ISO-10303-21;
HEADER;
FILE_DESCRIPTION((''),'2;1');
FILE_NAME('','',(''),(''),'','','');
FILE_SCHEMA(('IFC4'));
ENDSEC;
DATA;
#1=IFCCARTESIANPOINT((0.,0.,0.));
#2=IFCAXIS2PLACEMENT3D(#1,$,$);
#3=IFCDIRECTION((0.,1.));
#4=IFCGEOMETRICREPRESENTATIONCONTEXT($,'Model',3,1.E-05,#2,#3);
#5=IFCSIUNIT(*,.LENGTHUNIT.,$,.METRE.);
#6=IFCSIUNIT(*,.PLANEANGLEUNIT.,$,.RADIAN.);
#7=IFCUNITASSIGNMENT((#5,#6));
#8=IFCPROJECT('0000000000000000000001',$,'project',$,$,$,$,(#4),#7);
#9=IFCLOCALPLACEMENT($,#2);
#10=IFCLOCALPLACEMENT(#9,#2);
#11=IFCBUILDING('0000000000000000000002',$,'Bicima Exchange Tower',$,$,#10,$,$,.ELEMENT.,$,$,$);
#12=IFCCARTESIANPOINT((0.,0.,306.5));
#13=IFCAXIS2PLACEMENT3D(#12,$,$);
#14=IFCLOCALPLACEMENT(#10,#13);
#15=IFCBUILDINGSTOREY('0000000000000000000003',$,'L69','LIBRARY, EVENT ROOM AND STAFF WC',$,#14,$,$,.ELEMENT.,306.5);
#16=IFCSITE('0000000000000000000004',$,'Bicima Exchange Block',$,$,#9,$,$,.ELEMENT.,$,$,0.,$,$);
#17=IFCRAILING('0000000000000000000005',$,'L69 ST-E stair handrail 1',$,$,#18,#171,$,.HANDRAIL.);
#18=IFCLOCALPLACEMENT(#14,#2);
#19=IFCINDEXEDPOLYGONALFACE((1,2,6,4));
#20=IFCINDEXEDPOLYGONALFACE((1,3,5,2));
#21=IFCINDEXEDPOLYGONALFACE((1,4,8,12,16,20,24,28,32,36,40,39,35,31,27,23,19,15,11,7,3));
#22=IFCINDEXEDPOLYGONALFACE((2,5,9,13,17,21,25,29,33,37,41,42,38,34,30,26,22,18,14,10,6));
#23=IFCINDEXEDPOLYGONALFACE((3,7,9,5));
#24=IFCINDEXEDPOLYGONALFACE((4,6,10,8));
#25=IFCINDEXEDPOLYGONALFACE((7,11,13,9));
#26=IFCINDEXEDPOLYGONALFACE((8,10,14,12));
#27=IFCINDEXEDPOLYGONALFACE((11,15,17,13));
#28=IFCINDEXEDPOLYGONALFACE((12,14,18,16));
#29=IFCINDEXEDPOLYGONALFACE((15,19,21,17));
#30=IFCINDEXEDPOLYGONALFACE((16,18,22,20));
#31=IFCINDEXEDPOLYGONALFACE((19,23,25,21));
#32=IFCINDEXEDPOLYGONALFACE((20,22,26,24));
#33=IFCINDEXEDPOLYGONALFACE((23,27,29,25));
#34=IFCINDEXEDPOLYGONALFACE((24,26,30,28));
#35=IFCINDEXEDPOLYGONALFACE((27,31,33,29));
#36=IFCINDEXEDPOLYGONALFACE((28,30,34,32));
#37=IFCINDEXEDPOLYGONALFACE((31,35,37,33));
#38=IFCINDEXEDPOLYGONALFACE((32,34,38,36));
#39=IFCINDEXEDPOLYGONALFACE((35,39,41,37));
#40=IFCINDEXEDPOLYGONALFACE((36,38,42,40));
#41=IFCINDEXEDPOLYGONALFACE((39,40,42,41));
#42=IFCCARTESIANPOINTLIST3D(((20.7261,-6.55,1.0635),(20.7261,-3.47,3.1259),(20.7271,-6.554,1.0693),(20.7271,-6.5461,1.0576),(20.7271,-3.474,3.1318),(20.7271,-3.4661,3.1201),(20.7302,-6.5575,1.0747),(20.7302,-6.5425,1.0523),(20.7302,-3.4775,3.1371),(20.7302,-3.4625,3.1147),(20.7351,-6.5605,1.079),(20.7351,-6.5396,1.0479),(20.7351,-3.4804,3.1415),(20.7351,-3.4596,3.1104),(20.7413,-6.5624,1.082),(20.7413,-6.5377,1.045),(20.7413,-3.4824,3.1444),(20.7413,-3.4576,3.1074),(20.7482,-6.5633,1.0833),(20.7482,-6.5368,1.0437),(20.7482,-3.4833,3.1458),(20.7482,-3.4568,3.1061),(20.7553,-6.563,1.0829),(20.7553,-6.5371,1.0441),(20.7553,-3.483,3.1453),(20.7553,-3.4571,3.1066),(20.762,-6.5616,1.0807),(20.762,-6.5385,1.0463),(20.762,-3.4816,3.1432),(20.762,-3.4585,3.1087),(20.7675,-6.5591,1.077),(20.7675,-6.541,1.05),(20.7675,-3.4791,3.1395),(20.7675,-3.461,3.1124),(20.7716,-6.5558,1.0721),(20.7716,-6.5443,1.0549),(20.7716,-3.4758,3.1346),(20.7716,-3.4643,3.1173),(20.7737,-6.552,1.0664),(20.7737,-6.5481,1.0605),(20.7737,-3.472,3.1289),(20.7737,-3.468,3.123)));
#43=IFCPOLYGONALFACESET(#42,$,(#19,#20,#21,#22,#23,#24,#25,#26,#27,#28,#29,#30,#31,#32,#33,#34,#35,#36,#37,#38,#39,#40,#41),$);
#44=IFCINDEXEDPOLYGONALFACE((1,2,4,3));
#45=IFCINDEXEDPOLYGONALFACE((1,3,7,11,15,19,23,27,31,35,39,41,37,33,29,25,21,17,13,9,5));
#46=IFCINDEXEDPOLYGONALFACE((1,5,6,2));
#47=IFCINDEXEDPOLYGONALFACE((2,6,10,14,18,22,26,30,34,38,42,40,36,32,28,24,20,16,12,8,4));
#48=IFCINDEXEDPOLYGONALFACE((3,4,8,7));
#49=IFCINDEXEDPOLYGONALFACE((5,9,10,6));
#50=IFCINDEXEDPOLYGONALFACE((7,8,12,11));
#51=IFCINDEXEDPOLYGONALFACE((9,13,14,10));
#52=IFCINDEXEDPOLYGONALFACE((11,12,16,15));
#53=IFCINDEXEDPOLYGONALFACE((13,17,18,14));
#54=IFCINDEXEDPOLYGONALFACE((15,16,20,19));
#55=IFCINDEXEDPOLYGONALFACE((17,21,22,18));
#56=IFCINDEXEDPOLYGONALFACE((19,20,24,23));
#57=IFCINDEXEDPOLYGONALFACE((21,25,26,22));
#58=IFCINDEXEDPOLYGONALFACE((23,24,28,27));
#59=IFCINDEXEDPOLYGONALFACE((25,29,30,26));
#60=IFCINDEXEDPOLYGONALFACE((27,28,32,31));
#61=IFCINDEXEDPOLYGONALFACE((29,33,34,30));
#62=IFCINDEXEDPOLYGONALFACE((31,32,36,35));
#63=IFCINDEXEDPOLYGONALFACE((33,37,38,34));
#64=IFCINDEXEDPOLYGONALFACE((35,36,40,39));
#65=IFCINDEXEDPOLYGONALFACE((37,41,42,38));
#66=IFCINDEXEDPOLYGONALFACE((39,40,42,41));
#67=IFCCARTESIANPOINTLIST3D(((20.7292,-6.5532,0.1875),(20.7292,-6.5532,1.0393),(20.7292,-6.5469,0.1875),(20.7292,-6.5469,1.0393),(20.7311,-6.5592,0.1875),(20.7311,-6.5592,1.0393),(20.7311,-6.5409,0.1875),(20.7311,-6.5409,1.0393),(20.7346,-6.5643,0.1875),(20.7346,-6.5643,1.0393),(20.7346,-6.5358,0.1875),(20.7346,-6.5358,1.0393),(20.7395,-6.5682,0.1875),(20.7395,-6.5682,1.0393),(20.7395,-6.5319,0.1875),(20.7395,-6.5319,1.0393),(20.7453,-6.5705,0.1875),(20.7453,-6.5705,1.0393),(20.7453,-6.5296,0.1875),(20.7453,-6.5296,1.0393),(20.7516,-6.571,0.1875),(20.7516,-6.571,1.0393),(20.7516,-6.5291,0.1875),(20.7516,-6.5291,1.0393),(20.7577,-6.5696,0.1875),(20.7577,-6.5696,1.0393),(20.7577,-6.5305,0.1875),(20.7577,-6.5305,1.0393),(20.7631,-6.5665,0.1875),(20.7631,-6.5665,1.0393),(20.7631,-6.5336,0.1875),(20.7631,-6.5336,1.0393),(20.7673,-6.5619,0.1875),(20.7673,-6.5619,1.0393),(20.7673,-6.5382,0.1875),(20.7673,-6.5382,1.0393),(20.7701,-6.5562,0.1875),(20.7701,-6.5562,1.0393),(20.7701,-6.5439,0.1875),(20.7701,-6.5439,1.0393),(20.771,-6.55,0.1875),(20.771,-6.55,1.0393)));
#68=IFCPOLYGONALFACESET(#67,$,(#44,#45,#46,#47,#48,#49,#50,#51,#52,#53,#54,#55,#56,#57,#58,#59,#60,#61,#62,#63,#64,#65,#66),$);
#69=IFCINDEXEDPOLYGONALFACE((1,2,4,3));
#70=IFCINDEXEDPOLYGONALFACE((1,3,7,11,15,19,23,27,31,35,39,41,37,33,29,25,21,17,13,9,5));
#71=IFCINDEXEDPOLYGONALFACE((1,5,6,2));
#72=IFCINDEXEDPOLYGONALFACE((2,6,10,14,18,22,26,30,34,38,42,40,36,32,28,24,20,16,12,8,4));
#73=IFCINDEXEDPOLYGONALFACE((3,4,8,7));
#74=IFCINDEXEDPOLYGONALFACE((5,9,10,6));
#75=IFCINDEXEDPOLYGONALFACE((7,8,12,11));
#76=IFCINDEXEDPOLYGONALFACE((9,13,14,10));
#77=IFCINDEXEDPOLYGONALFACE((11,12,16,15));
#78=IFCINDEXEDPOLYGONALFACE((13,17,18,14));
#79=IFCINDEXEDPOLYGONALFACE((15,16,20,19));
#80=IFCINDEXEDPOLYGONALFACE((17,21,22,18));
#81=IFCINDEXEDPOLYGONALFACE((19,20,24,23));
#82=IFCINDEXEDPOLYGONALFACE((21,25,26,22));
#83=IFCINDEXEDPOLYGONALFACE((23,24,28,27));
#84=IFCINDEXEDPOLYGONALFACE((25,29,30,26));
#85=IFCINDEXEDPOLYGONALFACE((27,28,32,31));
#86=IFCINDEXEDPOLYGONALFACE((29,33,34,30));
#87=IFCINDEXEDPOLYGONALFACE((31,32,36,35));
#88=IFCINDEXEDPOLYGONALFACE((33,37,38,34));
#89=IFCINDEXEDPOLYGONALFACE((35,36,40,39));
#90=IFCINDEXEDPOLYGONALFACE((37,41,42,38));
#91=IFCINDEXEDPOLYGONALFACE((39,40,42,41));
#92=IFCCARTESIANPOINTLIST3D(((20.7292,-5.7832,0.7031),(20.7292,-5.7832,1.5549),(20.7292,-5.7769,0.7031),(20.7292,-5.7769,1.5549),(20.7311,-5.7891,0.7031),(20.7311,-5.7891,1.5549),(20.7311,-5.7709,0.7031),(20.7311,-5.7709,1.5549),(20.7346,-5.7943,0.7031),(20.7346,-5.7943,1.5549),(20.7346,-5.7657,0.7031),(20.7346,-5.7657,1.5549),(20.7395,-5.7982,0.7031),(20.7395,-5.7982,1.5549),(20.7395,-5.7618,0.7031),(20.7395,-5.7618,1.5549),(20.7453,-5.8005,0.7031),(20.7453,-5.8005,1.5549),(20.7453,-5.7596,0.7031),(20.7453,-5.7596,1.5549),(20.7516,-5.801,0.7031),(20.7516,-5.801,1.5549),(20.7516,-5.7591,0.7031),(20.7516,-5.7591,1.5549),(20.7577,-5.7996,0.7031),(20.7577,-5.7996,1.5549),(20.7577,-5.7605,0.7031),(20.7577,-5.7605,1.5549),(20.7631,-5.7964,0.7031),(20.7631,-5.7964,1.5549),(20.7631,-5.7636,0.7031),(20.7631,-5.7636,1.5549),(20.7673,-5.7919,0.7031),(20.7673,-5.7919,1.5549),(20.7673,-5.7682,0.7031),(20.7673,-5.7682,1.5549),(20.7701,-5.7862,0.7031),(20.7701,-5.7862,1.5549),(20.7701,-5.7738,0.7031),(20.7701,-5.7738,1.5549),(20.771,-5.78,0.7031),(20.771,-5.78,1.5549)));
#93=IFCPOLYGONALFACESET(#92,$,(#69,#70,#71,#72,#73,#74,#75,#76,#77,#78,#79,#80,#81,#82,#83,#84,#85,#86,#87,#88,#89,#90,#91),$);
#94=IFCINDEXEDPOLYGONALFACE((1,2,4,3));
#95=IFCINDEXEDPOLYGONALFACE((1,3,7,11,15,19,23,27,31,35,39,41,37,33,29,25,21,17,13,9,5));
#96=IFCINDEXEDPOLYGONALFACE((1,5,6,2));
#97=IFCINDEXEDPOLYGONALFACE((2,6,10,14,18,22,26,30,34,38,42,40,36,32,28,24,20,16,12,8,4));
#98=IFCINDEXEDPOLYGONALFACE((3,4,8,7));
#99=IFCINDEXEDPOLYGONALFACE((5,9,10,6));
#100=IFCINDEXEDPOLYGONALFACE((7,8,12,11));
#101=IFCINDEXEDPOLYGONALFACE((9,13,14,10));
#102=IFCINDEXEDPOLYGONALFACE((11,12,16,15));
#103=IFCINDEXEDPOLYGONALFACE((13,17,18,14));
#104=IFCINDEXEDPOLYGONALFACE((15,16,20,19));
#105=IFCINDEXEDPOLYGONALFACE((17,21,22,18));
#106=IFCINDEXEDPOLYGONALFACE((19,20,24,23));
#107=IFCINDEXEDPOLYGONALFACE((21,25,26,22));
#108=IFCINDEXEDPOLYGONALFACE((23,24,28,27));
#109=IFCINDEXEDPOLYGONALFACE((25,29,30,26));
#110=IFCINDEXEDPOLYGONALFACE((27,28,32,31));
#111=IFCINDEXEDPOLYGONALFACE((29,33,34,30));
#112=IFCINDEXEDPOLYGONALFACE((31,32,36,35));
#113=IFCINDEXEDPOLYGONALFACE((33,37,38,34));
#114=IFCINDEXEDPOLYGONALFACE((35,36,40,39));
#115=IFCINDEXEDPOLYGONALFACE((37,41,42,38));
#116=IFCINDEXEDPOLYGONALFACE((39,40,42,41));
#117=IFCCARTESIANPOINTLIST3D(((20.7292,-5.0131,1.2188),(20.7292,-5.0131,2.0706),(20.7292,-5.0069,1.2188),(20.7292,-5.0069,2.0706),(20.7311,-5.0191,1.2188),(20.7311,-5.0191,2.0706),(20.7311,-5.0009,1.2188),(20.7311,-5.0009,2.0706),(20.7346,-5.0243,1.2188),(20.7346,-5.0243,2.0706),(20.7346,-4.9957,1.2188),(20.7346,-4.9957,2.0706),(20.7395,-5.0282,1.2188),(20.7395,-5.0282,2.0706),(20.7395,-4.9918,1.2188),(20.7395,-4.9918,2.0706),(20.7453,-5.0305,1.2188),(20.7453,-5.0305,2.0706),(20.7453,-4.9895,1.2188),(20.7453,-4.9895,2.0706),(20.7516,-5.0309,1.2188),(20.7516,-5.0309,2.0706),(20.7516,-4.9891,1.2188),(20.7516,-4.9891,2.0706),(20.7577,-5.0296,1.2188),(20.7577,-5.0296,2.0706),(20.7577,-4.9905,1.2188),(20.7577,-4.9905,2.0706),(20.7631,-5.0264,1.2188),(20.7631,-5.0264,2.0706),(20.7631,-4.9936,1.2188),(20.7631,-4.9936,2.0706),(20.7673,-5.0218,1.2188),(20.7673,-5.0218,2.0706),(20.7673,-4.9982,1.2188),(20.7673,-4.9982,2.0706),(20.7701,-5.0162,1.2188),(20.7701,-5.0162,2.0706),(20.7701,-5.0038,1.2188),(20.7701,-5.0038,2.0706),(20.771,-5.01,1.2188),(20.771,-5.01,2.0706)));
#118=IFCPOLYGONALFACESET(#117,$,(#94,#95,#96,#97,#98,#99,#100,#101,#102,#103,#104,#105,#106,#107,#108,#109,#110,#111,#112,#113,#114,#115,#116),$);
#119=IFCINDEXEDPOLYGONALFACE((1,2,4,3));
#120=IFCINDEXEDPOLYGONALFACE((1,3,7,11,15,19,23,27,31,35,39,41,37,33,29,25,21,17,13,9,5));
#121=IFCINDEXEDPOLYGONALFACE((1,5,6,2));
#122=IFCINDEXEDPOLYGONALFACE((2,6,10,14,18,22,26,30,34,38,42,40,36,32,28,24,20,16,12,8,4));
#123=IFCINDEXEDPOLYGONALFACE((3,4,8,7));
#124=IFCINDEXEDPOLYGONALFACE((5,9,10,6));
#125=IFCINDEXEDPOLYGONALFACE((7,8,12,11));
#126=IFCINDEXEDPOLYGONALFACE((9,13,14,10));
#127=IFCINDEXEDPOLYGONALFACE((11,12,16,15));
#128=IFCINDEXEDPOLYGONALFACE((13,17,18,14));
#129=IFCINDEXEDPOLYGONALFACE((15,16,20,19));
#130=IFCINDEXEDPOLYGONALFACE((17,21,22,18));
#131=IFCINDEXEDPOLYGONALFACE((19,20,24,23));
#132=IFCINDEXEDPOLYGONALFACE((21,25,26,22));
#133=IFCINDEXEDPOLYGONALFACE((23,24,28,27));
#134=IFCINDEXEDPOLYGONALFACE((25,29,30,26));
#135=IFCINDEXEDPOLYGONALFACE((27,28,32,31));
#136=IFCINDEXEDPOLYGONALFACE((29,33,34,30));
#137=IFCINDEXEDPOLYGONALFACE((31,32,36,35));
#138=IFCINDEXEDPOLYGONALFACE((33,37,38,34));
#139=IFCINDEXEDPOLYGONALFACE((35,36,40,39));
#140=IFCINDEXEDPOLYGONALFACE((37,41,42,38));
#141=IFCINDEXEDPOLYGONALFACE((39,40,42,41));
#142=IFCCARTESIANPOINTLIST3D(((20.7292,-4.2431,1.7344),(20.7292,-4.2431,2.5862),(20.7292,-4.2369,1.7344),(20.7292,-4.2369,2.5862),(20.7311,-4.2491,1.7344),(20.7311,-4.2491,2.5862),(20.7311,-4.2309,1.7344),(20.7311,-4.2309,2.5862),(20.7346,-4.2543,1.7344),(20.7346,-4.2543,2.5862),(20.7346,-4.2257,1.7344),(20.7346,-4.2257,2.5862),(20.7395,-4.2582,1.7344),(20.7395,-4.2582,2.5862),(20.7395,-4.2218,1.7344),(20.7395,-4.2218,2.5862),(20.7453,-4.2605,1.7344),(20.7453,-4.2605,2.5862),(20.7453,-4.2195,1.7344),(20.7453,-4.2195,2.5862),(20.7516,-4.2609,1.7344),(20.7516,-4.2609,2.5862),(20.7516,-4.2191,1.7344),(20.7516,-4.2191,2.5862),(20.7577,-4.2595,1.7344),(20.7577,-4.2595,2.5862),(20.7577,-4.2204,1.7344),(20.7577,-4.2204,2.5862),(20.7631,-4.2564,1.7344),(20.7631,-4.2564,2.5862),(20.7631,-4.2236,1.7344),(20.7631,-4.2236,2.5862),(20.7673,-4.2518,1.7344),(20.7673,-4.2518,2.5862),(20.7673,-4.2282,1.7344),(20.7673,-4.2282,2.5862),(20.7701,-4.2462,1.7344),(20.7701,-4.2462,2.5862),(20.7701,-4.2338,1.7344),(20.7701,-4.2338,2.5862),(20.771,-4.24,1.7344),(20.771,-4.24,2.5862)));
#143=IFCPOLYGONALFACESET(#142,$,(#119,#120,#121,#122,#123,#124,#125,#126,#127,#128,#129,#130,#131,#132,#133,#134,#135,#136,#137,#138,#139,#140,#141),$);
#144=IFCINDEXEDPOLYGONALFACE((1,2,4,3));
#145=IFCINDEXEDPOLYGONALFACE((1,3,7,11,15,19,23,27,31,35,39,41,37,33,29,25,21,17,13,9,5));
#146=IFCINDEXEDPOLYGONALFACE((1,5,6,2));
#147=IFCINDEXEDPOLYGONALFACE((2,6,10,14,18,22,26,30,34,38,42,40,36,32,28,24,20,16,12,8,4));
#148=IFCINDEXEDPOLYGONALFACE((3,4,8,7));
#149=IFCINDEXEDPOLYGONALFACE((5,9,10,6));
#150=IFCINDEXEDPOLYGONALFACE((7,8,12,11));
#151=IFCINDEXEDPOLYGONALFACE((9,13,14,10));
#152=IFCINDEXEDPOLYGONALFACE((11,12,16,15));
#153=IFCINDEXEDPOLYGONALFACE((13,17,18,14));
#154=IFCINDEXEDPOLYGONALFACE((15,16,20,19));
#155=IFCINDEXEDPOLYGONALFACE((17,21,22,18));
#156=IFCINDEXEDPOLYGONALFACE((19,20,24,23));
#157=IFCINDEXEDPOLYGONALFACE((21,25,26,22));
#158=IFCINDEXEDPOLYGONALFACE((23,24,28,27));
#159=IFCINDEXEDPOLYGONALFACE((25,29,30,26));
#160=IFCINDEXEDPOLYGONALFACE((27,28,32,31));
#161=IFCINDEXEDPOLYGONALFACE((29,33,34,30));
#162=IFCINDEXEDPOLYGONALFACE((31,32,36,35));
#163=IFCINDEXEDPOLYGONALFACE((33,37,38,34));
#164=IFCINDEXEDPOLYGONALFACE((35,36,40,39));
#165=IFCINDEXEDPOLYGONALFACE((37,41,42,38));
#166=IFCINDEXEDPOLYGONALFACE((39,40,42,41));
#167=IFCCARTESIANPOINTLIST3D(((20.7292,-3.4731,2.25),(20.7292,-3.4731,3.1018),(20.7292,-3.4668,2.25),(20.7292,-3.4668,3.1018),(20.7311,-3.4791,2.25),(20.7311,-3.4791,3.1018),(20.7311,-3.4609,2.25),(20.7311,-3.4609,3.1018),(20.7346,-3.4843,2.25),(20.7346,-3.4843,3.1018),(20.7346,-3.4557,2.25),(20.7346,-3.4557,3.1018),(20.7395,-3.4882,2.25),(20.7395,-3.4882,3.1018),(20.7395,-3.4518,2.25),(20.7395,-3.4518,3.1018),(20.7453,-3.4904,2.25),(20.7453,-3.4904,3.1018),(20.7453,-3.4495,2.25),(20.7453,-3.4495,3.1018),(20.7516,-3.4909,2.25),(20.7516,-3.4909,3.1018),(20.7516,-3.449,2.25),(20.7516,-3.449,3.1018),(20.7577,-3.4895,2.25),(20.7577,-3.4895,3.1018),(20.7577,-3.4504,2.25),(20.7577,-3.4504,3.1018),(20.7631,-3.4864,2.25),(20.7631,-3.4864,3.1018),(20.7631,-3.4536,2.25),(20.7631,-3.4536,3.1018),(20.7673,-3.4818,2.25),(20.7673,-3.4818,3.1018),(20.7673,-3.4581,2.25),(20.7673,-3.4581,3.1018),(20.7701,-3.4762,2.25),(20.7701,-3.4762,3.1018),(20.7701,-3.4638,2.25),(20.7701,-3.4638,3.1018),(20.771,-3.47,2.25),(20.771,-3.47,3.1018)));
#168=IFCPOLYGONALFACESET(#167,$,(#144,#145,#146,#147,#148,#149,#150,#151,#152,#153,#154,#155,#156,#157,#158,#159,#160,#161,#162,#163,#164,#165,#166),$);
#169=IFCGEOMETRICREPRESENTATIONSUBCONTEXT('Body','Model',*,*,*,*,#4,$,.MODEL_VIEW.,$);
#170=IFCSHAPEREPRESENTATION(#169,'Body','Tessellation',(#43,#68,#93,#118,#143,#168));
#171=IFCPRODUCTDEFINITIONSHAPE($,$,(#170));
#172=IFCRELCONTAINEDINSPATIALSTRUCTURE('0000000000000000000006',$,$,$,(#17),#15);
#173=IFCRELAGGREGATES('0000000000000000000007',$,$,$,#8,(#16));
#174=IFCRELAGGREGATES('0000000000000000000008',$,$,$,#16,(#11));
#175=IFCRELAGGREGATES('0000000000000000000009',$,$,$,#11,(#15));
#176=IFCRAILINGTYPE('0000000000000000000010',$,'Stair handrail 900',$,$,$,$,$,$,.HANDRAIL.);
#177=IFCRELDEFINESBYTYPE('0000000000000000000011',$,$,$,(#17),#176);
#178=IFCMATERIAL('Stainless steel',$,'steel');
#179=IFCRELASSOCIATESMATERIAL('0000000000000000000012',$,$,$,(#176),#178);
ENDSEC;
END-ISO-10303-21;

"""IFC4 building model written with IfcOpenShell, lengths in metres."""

from ifc_helpers import new_model, si_unit, direction, frame, origin, origin_2d, place, context, subcontext, project, spatial, circle, extrude, material, type_object, element, save


model = new_model("IFC4")

# Units and contexts
model_context = context("Model", 3, precision=1e-05, world=origin(), true_north=direction((0.0, 1.0)))
body_context = subcontext(model_context, "Body", "Model", "MODEL_VIEW")
ifc_project = project(units=[si_unit("LENGTHUNIT", "METRE"), si_unit("PLANEANGLEUNIT", "RADIAN")], contexts=[model_context])

# Site, building, storey
site_placement = place(None, origin())
site = spatial("IfcSite", under=ifc_project, at=site_placement, Name="Bicima Exchange Block", CompositionType="ELEMENT", RefElevation=0.0)
building_placement = place(site_placement, origin())
building = spatial("IfcBuilding", under=site, at=building_placement, Name="Bicima Exchange Tower", CompositionType="ELEMENT")
storey_placement = place(building_placement, frame((0.0, 0.0, 306.5)))
storey = spatial("IfcBuildingStorey", under=building, at=storey_placement, Name="L69", Description="LIBRARY, EVENT ROOM AND STAFF WC", CompositionType="ELEMENT", Elevation=306.5)

# Railing
ifc_material_1 = material(Name="Stainless steel", Category="steel")
railing_type_1 = type_object("IfcRailingType", Name="Stair handrail 900", PredefinedType="HANDRAIL", material=ifc_material_1)
railing_1_placement = place(storey_placement, frame((20.75, -6.55, 0.1875)))
element("IfcRailing", 1, at=railing_1_placement, inside=storey, type_object=railing_type_1, Name="L69 ST-E stair handrail 1", PredefinedType="HANDRAIL", context=body_context, shape_type="SweptSolid", body=[
    extrude(circle(Radius=0.0239, at=origin_2d()), frame((0.0, 0.0, 0.876), z_axis=(0.0, 0.830914, 0.556401), x_axis=(-1.0, 0.0, 0.0)), (0.0, 0.0, 1.0), 3.7068),
    extrude(circle(Radius=0.021, at=origin_2d()), origin(), (0.0, 0.0, 1.0), 0.8518),
    extrude(circle(Radius=0.021, at=origin_2d()), frame((0.0, 0.77, 0.5156)), (0.0, 0.0, 1.0), 0.8518),
    extrude(circle(Radius=0.021, at=origin_2d()), frame((0.0, 1.54, 1.0312)), (0.0, 0.0, 1.0), 0.8518),
    extrude(circle(Radius=0.021, at=origin_2d()), frame((0.0, 2.3101, 1.5469)), (0.0, 0.0, 1.0), 0.8518),
    extrude(circle(Radius=0.021, at=origin_2d()), frame((0.0, 3.0801, 2.0625)), (0.0, 0.0, 1.0), 0.8518),
])

save(model, "model.ifc")
